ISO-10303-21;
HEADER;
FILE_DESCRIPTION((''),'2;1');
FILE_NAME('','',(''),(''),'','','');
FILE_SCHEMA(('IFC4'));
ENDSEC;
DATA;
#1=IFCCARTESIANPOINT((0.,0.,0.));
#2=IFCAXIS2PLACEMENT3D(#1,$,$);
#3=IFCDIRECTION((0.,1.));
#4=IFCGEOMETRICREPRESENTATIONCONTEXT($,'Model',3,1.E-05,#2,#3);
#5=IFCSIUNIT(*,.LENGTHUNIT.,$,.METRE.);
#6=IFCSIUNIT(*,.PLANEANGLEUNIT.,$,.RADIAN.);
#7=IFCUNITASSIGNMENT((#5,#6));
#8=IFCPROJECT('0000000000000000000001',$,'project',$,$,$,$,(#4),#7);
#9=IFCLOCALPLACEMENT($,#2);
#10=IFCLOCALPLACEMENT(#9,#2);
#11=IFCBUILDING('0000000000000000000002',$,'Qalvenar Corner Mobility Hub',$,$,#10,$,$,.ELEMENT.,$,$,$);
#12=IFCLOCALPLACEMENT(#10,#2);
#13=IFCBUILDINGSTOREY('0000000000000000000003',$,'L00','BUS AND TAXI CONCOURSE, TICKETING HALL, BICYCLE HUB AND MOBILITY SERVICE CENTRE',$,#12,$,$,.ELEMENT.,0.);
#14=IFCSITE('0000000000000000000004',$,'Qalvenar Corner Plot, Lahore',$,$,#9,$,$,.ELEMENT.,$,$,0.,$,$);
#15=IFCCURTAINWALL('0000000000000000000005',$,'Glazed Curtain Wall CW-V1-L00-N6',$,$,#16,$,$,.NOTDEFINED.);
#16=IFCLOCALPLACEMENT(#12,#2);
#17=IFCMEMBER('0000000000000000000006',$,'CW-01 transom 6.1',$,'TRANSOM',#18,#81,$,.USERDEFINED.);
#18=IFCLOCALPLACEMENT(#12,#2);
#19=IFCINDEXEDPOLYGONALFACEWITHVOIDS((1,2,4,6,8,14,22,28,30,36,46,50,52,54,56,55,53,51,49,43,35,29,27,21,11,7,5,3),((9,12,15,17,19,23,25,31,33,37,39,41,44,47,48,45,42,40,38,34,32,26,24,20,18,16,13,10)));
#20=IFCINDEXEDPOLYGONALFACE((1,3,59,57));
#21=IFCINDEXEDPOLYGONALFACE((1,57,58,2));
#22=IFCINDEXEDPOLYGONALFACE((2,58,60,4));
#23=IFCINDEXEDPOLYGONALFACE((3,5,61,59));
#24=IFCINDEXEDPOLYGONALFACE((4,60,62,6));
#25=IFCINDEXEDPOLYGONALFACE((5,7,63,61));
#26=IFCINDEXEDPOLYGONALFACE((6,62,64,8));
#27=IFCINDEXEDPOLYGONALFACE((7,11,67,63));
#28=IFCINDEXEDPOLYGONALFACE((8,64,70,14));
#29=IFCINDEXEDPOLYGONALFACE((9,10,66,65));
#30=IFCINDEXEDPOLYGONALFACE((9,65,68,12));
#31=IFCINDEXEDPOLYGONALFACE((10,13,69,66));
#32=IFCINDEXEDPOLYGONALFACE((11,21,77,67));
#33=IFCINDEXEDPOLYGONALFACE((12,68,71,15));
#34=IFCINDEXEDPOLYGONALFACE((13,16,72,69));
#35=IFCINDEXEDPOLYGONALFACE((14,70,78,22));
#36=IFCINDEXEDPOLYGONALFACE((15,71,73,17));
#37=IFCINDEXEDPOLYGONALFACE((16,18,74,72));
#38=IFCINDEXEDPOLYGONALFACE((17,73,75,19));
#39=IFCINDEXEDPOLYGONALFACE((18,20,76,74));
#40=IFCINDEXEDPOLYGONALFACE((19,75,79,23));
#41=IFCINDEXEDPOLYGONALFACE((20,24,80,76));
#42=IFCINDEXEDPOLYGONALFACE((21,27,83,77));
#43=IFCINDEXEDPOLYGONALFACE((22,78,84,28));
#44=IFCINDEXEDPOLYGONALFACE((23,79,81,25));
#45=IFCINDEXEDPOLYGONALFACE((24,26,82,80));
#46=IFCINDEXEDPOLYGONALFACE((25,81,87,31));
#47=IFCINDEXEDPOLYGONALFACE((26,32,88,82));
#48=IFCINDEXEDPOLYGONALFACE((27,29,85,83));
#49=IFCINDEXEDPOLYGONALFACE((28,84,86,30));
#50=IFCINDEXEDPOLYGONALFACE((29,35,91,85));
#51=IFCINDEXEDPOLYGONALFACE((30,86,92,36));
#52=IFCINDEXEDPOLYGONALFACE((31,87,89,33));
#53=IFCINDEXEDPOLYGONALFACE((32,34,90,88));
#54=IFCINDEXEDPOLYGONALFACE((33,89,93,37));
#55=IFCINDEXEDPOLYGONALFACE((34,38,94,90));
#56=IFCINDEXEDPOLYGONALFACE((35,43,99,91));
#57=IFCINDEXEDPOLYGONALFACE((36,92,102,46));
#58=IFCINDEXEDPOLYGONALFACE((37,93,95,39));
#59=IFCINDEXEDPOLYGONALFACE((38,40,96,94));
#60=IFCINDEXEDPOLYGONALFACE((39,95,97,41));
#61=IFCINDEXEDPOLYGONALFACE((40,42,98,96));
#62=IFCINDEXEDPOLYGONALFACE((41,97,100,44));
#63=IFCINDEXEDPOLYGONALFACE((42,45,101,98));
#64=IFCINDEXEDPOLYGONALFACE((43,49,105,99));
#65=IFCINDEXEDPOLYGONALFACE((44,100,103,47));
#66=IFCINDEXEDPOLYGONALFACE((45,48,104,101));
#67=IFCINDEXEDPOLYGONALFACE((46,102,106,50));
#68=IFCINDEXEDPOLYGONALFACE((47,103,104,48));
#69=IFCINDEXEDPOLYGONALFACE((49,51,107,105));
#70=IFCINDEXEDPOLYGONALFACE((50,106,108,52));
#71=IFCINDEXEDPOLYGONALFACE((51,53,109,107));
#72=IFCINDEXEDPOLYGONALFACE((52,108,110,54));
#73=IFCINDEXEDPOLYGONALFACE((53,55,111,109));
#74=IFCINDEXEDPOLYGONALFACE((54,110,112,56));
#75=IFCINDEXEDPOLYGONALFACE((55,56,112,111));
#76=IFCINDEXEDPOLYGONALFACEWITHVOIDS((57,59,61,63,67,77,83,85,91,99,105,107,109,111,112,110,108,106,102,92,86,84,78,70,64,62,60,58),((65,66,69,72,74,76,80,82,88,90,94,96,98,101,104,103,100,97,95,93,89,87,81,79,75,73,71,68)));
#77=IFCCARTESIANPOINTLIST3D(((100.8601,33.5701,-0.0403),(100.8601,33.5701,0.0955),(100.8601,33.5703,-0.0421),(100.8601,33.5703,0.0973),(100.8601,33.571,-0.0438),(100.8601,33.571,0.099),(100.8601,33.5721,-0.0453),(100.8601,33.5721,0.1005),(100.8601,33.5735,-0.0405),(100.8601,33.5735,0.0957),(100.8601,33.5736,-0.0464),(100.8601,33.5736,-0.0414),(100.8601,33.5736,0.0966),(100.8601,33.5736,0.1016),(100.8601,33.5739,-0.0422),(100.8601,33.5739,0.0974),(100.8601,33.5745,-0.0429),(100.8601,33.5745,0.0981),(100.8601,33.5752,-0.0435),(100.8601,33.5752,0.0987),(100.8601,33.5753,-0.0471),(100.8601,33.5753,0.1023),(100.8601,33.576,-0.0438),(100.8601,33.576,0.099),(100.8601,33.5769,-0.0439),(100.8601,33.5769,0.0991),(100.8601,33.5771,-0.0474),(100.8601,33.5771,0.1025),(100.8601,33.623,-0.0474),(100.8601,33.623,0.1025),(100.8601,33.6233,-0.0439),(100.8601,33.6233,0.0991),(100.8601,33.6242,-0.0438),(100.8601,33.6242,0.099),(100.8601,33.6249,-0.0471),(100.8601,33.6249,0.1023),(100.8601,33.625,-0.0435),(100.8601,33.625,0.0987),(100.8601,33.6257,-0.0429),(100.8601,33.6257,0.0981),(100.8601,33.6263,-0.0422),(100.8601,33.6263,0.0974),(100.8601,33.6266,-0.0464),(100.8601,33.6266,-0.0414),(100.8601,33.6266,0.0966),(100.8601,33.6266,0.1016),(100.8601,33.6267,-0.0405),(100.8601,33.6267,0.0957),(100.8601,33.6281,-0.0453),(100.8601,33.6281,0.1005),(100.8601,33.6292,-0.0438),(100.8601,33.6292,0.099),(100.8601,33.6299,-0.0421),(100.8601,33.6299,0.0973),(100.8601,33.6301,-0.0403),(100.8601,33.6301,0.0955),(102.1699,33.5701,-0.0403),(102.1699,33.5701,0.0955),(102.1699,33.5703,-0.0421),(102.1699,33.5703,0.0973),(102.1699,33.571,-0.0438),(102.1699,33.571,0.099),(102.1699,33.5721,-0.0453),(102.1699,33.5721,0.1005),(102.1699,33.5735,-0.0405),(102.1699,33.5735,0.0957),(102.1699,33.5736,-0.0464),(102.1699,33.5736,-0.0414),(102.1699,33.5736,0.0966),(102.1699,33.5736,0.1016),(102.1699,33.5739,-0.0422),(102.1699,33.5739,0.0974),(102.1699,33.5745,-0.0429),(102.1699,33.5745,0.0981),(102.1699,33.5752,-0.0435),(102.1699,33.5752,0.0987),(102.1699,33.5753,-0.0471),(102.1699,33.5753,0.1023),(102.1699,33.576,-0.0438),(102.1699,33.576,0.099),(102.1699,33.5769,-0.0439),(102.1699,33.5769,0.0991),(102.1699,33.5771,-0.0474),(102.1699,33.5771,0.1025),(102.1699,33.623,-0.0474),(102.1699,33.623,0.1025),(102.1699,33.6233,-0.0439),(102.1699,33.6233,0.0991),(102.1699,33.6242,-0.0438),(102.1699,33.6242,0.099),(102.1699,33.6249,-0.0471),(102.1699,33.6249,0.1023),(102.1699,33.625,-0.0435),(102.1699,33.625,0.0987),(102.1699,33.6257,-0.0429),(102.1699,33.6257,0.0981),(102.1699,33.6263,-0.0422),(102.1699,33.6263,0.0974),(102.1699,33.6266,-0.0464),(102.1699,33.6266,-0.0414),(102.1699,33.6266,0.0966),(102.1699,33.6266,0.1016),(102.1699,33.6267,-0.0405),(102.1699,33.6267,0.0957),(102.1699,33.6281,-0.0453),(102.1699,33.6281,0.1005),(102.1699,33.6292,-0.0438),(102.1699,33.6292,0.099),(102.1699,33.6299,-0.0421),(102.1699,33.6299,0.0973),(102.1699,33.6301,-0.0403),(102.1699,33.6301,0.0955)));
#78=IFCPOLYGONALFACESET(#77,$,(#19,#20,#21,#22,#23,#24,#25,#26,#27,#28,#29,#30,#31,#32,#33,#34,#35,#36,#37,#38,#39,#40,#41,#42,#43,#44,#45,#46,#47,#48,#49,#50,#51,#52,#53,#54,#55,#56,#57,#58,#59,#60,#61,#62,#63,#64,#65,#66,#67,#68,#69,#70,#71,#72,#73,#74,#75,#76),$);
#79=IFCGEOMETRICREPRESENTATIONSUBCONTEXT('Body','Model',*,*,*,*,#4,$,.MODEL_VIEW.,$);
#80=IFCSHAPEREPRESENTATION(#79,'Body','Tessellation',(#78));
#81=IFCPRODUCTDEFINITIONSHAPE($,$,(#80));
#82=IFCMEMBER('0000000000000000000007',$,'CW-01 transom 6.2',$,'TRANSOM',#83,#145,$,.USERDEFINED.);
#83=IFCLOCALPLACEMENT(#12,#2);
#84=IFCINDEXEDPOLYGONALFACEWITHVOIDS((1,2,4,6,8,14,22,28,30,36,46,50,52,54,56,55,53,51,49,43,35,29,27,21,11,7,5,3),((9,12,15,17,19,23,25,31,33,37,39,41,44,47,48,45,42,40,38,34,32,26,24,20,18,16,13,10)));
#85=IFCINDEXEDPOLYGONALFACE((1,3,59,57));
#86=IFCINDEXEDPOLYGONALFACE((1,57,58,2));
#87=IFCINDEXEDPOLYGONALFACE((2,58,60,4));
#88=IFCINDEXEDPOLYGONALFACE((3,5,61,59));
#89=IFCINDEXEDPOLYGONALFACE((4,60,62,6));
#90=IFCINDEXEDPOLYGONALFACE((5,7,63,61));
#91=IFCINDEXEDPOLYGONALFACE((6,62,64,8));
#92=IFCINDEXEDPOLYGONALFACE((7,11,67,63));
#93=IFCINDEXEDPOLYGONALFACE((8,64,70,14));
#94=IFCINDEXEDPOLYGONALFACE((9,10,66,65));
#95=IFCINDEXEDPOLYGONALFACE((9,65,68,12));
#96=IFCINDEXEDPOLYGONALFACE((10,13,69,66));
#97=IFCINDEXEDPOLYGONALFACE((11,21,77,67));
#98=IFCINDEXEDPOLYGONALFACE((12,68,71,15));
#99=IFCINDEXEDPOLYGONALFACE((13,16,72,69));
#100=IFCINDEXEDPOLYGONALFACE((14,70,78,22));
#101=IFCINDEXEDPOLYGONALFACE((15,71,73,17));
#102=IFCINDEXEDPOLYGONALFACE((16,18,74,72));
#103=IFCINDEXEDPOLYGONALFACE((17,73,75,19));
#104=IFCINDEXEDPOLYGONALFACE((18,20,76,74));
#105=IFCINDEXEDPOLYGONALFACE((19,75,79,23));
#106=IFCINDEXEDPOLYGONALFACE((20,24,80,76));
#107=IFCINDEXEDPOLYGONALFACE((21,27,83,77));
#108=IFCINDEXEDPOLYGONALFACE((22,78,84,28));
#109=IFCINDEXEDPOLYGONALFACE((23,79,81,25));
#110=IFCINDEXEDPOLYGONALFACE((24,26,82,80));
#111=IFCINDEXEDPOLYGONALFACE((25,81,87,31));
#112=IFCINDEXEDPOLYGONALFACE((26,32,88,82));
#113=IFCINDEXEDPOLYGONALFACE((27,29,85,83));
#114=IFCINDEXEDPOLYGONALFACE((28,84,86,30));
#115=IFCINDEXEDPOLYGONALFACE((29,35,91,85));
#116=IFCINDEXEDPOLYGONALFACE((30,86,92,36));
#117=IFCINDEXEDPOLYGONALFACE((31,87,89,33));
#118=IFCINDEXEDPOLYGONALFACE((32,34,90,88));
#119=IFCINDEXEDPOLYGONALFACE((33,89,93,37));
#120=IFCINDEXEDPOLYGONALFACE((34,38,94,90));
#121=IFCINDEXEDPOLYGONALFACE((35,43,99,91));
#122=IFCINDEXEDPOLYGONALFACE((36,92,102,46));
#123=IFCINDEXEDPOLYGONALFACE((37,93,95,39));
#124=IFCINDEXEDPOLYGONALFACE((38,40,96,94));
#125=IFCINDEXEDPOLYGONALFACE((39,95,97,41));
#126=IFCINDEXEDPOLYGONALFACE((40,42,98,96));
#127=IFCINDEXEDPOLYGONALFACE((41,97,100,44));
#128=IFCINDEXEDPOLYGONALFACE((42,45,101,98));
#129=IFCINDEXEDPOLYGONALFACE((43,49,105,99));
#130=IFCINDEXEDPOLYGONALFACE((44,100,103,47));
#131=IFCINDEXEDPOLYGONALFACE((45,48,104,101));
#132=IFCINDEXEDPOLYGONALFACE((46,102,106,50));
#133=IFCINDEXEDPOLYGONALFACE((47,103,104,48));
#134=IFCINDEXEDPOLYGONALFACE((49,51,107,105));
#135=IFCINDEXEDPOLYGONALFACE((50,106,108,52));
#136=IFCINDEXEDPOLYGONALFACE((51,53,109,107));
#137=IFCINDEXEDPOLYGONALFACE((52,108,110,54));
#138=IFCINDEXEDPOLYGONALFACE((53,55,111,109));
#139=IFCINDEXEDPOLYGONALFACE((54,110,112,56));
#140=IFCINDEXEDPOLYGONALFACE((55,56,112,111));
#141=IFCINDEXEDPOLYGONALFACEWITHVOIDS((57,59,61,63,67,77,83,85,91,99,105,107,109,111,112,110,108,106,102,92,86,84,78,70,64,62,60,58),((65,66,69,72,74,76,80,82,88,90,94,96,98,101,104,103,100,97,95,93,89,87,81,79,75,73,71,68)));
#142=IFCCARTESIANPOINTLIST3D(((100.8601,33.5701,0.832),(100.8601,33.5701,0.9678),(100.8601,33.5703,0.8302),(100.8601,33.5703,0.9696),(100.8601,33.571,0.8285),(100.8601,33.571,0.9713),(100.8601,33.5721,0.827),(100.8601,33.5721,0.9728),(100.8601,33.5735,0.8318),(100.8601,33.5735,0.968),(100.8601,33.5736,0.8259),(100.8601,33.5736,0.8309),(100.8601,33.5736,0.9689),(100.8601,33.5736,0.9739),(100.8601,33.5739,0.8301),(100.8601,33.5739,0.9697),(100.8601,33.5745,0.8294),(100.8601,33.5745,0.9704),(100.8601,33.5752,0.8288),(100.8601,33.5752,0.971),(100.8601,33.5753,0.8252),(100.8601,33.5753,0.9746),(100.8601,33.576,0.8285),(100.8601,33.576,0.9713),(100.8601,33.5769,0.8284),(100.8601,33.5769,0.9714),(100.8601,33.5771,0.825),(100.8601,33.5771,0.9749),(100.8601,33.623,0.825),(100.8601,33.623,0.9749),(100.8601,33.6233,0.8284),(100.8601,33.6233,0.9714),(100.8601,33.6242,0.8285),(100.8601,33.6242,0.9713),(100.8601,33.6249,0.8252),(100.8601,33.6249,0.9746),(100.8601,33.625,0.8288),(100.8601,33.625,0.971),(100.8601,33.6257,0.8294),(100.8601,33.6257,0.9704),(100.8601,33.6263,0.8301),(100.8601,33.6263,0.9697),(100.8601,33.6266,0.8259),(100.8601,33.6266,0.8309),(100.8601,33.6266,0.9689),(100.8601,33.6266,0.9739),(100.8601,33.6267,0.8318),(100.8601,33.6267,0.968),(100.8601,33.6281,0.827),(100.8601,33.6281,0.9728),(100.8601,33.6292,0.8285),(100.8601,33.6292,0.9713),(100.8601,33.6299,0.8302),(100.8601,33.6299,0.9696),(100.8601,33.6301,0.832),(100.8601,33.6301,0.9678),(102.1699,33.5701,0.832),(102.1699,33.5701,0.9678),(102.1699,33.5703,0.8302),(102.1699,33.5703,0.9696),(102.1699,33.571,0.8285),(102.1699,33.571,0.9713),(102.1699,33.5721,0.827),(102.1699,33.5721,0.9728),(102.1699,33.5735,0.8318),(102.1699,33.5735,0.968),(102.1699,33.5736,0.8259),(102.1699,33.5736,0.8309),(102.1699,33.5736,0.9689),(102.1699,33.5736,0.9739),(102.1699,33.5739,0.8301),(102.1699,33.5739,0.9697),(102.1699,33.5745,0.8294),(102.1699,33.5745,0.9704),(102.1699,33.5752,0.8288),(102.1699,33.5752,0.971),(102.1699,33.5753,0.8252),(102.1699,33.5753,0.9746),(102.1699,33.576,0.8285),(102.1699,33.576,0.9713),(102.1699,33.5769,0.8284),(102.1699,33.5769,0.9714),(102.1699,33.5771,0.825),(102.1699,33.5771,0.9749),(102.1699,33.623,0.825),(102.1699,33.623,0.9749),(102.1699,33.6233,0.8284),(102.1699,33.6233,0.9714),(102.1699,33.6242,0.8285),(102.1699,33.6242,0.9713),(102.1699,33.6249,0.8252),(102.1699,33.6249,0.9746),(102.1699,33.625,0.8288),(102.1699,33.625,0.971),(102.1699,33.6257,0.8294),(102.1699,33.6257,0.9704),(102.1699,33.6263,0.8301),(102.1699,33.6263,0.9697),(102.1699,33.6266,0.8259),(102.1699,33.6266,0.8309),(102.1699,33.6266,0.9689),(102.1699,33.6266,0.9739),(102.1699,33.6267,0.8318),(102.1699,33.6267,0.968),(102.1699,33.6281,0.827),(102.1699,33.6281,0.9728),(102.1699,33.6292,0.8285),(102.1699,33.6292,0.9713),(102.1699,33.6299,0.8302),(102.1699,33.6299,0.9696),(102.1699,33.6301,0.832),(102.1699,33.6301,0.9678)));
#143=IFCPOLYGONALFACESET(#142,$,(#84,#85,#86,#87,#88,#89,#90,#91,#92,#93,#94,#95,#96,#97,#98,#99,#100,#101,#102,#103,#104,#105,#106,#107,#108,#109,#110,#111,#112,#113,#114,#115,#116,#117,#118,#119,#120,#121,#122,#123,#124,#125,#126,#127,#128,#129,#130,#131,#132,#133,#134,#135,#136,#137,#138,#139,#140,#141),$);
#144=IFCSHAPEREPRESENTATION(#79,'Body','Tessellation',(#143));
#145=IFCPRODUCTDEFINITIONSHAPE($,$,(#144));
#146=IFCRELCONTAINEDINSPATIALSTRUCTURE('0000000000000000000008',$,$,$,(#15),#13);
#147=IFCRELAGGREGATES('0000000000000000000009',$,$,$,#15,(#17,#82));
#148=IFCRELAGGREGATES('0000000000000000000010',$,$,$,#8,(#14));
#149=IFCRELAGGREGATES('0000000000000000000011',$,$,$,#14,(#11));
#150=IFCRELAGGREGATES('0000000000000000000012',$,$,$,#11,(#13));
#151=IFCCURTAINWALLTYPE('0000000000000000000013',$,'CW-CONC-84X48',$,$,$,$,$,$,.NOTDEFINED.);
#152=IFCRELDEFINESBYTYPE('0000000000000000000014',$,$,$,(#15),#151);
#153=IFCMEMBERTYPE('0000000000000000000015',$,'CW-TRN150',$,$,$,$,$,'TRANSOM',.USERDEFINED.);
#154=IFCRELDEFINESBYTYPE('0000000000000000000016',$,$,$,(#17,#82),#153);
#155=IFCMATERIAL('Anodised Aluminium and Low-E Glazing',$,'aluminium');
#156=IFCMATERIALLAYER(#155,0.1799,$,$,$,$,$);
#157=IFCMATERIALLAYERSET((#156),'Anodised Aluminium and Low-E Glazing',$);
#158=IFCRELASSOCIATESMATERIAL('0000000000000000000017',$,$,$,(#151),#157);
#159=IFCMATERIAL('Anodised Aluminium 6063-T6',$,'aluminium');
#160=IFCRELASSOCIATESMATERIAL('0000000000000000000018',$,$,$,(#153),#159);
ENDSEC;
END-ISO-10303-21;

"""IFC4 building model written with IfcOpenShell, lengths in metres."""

from ifc_helpers import new_model, si_unit, direction, frame, origin, origin_2d, place, context, subcontext, project, spatial, hollow_rectangle, extrude, material, layer, layer_set, material_profile, profile_set, type_object, element, aggregate, save


model = new_model("IFC4")

# Units and contexts
model_context = context("Model", 3, precision=1e-05, world=origin(), true_north=direction((0.0, 1.0)))
body_context = subcontext(model_context, "Body", "Model", "MODEL_VIEW")
ifc_project = project(units=[si_unit("LENGTHUNIT", "METRE"), si_unit("PLANEANGLEUNIT", "RADIAN")], contexts=[model_context])

# Site, building, storey
site_placement = place(None, origin())
site = spatial("IfcSite", under=ifc_project, at=site_placement, Name="Qalvenar Corner Plot, Lahore", CompositionType="ELEMENT", RefElevation=0.0)
building_placement = place(site_placement, origin())
building = spatial("IfcBuilding", under=site, at=building_placement, Name="Qalvenar Corner Mobility Hub", CompositionType="ELEMENT")
storey_placement = place(building_placement, origin())
storey = spatial("IfcBuildingStorey", under=building, at=storey_placement, Name="L00", Description="BUS AND TAXI CONCOURSE, TICKETING HALL, BICYCLE HUB AND MOBILITY SERVICE CENTRE", CompositionType="ELEMENT", Elevation=0.0)

# Curtain wall
ifc_material_1 = material(Name="Anodised Aluminium and Low-E Glazing", Category="aluminium")
ifc_material_2 = material(Name="Anodised Aluminium 6063-T6", Category="aluminium")
ifc_layer_1 = layer(ifc_material_1, 0.1799)
ifc_layer_set_1 = layer_set([ifc_layer_1], Name="Anodised Aluminium and Low-E Glazing")
curtain_wall_type_1 = type_object("IfcCurtainWallType", Name="CW-CONC-84X48", PredefinedType="NOTDEFINED", material=ifc_layer_set_1)
curtain_wall_1_placement = place(storey_placement, origin())
curtain_wall_1 = element("IfcCurtainWall", 1, at=curtain_wall_1_placement, inside=storey, type_object=curtain_wall_type_1, Name="Glazed Curtain Wall CW-V1-L00-N6", PredefinedType="NOTDEFINED")

# Members
ifc_material_profile_1 = material_profile(ifc_material_2, hollow_rectangle(XDim=0.0601, YDim=0.1499, WallThickness=0.0034, InnerFilletRadius=0.0034, OuterFilletRadius=0.0071, at=origin_2d()), Name="RHS150x60x3.5")
ifc_profile_set_1 = profile_set([ifc_material_profile_1], Name="Anodised Aluminium 6063-T6")
member_type_1 = type_object("IfcMemberType", Name="CW-TRN150", ElementType="TRANSOM", PredefinedType="USERDEFINED", material=ifc_profile_set_1)
member_1_placement = place(storey_placement, frame((102.1699, 33.6001, 0.0276), z_axis=(-1.0, 0.0, 0.0), x_axis=(0.0, -1.0, 0.0)))
member_1 = element("IfcMember", 2, at=member_1_placement, type_object=member_type_1, Name="CW-01 transom 6.1", ObjectType="TRANSOM", PredefinedType="USERDEFINED", context=body_context, shape_type="SweptSolid", body=[
    extrude(hollow_rectangle(XDim=0.0601, YDim=0.1499, WallThickness=0.0034, InnerFilletRadius=0.0034, OuterFilletRadius=0.0071, at=origin_2d()), origin(), (0.0, 0.0, 1.0), 1.3098),
])
member_2_placement = place(storey_placement, frame((102.1699, 33.6001, 0.8999), z_axis=(-1.0, 0.0, 0.0), x_axis=(0.0, -1.0, 0.0)))
member_2 = element("IfcMember", 3, at=member_2_placement, type_object=member_type_1, Name="CW-01 transom 6.2", ObjectType="TRANSOM", PredefinedType="USERDEFINED", context=body_context, shape_type="SweptSolid", body=[
    extrude(hollow_rectangle(XDim=0.0601, YDim=0.1499, WallThickness=0.0034, InnerFilletRadius=0.0034, OuterFilletRadius=0.0071, at=origin_2d()), origin(), (0.0, 0.0, 1.0), 1.3098),
])

aggregate(curtain_wall_1, [member_1, member_2])

save(model, "model.ifc")
